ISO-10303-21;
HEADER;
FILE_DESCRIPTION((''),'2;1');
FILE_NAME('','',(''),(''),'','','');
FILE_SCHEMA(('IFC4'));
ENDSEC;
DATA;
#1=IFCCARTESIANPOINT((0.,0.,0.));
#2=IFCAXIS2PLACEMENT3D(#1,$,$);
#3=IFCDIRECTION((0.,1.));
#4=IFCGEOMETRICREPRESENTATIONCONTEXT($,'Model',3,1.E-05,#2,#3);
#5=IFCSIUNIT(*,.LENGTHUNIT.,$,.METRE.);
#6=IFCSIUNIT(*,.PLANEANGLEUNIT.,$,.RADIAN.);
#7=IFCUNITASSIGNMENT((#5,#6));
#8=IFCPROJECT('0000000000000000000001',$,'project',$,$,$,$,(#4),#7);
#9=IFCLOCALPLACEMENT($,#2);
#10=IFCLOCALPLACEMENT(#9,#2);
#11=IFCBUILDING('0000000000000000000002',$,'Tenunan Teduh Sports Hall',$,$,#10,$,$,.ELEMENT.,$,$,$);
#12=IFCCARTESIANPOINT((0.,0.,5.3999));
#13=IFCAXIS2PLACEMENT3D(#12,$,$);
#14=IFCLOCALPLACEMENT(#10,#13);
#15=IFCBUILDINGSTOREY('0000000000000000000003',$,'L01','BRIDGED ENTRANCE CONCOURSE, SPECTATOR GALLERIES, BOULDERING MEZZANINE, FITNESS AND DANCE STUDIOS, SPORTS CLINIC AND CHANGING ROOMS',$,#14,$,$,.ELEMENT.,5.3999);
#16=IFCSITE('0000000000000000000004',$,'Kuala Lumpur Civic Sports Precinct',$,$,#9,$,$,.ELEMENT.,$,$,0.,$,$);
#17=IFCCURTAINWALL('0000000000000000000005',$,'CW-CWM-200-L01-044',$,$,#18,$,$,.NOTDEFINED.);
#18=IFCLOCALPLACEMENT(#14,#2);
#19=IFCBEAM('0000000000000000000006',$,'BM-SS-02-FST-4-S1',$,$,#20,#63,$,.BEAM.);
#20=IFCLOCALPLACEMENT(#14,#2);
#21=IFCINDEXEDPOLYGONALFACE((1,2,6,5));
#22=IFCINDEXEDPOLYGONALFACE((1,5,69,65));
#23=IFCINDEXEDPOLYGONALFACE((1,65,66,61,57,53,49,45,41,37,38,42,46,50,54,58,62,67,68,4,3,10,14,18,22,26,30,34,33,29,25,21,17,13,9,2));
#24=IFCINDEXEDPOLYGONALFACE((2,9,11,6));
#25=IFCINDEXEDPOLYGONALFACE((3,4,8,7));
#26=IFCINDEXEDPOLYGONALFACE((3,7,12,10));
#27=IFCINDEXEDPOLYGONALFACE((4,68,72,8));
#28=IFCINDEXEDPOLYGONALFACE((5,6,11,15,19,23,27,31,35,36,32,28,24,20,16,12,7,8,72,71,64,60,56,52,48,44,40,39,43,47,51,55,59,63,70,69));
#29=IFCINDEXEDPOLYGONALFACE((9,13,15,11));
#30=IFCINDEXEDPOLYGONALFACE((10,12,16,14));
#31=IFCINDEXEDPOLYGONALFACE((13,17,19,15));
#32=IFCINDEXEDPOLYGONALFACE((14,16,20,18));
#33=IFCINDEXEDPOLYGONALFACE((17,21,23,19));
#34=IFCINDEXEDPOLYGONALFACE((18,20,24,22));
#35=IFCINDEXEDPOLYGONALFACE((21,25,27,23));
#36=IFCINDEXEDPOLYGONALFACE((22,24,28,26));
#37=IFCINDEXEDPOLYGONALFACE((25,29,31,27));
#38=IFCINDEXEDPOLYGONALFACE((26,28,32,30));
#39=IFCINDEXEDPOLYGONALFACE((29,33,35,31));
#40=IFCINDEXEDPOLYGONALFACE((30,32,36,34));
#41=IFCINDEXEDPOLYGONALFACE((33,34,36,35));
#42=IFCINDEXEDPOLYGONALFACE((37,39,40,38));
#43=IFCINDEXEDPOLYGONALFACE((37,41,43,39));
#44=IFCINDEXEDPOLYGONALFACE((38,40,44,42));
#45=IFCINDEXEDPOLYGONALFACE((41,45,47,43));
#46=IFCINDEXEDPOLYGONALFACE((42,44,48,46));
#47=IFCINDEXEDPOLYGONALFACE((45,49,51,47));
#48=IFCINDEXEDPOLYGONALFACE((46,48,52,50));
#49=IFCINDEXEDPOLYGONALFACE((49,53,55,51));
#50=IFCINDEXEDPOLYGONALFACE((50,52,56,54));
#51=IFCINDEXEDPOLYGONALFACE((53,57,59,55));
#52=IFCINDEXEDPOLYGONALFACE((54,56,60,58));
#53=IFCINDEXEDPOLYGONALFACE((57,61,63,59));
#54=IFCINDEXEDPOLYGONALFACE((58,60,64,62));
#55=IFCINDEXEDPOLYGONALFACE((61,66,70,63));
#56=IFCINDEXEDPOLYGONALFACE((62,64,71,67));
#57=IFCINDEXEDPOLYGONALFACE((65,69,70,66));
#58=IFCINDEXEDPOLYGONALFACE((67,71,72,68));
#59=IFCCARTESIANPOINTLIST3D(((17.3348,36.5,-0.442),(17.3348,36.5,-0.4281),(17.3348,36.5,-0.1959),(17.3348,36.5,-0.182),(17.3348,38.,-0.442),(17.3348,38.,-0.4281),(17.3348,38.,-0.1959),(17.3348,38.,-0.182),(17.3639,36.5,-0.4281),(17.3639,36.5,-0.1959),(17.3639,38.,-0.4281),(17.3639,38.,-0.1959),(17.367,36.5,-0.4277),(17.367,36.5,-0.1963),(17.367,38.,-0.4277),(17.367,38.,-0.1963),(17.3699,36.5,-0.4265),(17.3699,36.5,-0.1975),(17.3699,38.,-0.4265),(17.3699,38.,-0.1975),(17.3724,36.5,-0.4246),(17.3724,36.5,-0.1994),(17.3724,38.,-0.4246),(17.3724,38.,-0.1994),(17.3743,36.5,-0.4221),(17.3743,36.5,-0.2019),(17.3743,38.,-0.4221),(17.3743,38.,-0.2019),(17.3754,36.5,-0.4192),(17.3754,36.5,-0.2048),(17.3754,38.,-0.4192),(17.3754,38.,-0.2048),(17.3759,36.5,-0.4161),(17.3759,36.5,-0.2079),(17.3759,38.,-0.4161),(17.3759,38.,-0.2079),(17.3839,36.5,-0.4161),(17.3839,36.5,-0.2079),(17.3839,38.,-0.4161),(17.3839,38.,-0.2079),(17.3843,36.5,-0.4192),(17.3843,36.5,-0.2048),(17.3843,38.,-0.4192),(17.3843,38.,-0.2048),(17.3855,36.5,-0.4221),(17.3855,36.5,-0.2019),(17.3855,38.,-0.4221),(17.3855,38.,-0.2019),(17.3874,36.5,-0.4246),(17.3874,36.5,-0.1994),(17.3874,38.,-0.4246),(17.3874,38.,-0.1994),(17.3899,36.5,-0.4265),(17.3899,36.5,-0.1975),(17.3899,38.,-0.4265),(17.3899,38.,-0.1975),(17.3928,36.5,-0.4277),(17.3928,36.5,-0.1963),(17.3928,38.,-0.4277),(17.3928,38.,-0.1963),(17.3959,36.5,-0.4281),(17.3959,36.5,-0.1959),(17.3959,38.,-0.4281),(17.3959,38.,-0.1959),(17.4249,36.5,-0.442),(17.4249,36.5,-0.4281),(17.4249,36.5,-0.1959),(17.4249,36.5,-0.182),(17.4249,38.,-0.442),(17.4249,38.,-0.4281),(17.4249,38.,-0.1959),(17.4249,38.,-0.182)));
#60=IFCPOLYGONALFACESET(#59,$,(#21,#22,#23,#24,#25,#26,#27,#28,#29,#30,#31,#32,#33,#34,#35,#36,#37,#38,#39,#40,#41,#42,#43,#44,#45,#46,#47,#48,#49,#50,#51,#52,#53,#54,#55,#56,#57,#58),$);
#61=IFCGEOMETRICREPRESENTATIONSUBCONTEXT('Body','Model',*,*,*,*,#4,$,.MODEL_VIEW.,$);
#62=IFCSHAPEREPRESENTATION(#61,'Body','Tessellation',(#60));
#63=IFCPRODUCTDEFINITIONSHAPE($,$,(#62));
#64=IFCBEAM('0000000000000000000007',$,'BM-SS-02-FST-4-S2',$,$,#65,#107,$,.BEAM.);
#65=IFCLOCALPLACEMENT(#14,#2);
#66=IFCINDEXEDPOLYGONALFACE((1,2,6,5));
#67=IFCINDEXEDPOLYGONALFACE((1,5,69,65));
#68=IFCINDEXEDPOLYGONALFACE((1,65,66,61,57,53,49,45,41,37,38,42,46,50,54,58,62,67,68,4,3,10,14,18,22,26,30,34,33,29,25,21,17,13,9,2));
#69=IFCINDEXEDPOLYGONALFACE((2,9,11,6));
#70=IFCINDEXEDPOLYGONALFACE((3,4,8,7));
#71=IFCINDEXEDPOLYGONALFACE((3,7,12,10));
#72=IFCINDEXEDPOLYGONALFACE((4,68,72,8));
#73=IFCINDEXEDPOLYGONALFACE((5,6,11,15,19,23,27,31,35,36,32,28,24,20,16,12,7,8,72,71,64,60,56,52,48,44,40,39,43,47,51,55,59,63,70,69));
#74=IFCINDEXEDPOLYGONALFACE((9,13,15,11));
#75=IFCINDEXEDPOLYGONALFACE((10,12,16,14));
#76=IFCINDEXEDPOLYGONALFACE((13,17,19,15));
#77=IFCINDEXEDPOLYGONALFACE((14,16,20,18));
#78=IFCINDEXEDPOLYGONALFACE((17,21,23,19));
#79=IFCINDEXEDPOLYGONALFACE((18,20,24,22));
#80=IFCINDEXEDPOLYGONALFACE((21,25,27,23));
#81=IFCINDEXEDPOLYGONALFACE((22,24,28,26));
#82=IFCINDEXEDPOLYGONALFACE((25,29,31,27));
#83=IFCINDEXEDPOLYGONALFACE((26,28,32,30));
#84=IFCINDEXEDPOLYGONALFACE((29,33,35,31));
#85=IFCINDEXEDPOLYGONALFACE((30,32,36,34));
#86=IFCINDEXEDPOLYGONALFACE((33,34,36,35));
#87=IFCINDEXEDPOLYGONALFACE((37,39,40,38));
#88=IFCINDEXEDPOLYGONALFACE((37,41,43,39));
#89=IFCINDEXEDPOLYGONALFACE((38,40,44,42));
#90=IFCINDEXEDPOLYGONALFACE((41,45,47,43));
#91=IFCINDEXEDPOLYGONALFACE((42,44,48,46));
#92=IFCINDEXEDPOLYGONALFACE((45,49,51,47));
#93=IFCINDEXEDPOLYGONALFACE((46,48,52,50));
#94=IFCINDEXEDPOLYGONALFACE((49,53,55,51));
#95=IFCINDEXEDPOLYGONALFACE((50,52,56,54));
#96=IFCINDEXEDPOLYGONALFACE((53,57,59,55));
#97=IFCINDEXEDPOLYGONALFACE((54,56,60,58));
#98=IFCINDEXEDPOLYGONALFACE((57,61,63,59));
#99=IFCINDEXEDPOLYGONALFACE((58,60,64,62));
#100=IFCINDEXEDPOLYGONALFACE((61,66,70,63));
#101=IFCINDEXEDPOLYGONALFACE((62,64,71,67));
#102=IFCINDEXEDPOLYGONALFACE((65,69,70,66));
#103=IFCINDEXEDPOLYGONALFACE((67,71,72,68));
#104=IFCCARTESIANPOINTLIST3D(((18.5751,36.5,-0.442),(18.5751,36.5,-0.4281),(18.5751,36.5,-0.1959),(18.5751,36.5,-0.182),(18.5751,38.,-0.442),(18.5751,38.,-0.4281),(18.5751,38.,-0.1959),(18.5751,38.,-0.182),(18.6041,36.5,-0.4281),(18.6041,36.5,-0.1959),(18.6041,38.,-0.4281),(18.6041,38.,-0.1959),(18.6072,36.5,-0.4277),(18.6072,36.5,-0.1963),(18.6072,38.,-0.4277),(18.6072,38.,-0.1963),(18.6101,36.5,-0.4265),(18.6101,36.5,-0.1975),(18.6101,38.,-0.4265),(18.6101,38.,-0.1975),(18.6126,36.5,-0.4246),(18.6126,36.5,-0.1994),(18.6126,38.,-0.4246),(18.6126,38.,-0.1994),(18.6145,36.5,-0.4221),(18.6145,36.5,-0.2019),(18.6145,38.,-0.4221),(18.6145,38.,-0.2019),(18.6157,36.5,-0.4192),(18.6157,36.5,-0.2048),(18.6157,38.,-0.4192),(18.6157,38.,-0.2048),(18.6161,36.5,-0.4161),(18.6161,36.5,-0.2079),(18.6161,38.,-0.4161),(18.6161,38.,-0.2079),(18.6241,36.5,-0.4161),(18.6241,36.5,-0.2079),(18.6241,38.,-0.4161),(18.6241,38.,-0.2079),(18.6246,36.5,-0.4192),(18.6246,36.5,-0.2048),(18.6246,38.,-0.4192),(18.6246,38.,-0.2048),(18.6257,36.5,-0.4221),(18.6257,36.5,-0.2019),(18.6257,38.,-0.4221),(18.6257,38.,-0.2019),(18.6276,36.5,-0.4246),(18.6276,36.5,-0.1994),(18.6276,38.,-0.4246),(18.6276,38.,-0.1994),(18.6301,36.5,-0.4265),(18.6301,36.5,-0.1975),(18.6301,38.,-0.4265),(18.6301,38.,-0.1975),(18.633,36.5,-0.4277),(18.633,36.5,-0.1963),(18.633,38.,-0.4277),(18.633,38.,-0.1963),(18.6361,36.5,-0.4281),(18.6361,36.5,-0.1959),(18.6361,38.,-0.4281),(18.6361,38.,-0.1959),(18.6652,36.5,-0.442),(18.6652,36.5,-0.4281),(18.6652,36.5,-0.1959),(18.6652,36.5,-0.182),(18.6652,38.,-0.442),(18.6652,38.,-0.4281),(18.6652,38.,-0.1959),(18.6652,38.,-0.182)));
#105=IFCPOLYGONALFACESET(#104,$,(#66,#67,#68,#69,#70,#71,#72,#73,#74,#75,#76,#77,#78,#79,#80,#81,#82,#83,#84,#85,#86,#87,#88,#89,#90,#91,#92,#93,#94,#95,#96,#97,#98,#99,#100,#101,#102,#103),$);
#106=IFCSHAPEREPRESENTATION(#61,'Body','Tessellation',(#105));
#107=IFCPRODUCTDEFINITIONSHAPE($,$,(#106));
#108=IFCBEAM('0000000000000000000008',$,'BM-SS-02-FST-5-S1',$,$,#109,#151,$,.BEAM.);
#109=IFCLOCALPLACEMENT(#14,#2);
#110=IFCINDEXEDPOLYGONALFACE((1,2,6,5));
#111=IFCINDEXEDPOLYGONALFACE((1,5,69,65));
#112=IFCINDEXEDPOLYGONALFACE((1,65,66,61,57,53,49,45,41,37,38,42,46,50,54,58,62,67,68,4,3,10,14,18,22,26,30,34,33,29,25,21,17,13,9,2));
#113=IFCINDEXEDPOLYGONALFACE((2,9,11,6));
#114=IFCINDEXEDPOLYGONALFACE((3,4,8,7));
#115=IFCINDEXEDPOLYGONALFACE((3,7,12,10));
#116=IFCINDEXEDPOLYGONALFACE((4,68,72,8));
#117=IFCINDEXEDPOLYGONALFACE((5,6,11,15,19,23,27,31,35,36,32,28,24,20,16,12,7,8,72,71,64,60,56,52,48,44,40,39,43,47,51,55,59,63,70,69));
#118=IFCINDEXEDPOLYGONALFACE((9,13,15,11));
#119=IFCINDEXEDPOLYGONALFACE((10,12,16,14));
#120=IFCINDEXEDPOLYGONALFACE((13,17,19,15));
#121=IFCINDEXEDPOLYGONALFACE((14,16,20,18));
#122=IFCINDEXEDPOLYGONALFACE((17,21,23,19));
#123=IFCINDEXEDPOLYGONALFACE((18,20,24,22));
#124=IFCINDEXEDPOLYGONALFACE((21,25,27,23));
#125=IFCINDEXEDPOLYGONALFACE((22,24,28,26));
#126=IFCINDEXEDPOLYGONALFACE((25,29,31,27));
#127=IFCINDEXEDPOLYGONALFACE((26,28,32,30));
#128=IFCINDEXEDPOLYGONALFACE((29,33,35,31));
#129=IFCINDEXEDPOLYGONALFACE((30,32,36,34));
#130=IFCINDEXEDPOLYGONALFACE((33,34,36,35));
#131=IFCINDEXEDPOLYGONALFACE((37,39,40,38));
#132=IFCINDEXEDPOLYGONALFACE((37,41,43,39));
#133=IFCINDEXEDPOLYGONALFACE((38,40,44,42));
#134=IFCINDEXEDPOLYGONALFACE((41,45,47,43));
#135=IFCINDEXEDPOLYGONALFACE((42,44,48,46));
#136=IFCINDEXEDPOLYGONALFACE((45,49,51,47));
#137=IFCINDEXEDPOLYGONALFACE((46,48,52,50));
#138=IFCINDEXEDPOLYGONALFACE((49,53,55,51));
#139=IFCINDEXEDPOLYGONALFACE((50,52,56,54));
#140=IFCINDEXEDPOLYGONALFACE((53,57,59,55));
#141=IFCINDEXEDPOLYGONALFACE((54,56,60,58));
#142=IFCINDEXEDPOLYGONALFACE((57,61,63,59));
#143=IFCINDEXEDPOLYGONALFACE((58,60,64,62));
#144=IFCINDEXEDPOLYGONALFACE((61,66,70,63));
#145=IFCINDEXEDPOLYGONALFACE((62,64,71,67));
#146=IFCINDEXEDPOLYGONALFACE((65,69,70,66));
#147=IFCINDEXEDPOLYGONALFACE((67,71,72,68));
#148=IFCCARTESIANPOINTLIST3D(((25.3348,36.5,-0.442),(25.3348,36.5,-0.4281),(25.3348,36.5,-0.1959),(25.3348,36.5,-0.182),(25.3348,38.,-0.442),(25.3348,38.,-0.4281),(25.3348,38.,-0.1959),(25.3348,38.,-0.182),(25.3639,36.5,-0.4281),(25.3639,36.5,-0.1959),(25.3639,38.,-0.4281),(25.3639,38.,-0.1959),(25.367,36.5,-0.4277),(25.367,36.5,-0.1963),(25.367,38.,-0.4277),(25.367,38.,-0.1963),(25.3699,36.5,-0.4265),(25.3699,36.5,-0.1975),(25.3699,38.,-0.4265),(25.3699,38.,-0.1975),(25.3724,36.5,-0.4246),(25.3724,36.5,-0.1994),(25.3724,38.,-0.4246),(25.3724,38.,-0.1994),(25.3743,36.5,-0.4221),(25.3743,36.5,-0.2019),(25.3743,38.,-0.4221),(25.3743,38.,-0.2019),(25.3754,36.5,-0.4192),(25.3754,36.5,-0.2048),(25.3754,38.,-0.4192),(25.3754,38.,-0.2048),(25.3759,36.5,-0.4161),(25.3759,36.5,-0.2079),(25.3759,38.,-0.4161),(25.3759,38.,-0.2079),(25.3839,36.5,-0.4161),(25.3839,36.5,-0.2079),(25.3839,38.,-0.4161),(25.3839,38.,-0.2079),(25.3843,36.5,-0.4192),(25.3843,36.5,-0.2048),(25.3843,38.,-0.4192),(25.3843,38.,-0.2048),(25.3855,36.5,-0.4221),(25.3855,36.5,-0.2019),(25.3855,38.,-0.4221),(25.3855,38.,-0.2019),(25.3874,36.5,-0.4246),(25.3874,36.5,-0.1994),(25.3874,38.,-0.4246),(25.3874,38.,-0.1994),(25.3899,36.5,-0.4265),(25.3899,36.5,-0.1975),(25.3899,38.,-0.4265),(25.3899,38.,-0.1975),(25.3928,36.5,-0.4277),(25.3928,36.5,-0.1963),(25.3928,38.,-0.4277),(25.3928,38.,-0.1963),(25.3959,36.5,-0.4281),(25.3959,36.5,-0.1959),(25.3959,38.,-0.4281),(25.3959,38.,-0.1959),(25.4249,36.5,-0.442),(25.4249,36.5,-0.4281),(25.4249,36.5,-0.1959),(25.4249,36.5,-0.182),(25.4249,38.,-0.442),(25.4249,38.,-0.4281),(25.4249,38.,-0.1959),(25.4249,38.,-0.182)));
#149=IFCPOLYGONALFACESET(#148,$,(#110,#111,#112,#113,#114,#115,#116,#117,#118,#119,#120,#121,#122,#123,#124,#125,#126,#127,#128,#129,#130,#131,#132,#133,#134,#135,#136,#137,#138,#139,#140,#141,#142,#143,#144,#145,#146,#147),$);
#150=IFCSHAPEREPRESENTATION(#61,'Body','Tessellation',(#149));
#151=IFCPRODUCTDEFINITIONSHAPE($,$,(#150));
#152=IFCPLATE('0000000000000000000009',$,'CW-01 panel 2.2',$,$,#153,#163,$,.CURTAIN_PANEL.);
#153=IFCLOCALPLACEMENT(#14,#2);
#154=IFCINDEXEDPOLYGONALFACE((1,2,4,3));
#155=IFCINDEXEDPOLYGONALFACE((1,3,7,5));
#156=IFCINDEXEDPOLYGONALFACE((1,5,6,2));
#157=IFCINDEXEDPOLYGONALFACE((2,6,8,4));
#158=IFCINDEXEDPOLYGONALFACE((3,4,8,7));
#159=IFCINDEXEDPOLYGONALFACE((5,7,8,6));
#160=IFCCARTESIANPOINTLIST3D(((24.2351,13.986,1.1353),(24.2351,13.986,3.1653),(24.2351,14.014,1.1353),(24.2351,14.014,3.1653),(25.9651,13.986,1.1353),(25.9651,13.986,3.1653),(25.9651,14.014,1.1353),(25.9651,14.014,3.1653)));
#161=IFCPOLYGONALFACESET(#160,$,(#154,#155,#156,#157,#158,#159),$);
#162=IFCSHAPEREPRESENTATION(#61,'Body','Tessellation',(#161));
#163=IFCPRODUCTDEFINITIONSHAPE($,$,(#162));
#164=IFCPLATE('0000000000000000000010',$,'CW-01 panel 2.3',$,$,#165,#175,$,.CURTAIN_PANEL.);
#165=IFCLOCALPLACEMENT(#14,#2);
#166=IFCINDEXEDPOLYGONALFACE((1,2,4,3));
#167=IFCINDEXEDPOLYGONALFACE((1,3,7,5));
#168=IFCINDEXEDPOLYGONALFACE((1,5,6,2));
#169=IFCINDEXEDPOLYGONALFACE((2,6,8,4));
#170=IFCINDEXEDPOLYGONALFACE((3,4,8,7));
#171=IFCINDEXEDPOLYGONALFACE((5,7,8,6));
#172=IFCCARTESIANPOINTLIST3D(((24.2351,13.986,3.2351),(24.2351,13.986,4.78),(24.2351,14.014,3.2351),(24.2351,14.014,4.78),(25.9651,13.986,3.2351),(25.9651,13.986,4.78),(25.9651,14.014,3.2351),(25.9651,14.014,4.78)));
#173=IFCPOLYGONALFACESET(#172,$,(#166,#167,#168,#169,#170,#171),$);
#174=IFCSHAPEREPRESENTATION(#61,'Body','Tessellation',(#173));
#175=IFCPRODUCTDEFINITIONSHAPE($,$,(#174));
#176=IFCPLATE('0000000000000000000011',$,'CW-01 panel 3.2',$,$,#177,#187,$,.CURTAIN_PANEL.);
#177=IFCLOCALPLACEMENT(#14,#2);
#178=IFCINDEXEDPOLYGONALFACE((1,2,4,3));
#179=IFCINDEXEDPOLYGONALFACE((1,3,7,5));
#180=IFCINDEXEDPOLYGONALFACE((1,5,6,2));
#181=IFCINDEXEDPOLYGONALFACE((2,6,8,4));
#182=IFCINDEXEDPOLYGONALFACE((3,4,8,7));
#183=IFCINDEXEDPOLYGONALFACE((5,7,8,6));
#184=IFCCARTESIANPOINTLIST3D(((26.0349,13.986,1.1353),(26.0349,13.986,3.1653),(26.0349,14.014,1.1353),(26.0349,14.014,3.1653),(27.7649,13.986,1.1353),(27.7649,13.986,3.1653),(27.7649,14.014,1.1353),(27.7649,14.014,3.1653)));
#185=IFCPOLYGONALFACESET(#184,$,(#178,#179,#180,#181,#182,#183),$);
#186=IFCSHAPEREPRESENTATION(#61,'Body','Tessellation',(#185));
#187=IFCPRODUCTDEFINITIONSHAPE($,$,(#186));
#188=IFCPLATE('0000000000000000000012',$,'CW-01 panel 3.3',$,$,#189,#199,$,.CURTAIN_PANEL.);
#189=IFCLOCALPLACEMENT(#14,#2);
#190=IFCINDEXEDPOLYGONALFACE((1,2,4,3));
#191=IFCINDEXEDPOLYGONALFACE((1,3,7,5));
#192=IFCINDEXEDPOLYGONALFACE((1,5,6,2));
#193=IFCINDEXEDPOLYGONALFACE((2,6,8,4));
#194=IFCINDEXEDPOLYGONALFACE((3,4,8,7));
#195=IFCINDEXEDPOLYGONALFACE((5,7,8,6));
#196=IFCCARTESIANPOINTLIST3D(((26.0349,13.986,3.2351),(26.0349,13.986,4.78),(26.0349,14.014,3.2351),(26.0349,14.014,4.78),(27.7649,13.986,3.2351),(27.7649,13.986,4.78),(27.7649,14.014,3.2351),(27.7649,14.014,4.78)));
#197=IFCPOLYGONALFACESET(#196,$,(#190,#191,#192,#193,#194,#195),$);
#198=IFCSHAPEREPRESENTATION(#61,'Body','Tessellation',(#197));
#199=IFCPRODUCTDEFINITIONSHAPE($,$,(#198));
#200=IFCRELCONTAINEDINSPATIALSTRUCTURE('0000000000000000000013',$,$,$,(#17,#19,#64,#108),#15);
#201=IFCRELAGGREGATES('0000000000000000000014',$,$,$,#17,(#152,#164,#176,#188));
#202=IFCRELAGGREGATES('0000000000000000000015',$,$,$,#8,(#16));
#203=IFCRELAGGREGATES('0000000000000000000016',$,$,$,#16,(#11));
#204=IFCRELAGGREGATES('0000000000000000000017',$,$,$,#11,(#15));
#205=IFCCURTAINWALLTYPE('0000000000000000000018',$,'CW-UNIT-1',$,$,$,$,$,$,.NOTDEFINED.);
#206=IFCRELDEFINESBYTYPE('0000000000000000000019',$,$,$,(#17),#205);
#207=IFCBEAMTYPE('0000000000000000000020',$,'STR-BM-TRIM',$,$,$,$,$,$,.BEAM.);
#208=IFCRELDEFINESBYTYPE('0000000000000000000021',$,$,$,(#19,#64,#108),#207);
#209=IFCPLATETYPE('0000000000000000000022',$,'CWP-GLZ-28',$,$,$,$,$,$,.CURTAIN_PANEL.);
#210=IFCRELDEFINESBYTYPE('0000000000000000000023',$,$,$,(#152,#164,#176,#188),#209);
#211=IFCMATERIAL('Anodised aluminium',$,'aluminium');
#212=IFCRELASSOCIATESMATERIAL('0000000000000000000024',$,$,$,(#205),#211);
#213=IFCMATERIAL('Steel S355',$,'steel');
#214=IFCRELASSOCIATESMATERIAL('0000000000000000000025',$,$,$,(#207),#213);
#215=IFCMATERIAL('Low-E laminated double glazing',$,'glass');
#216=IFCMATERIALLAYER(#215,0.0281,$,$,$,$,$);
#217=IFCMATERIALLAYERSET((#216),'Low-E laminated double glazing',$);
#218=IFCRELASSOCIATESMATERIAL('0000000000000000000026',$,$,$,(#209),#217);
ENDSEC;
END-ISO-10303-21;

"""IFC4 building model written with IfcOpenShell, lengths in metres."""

from ifc_helpers import new_model, si_unit, direction, frame, origin, origin_2d, place, context, subcontext, project, spatial, rectangle, i_section, extrude, material, layer, layer_set, material_profile, profile_set, type_object, element, aggregate, save


model = new_model("IFC4")

# Units and contexts
model_context = context("Model", 3, precision=1e-05, world=origin(), true_north=direction((0.0, 1.0)))
body_context = subcontext(model_context, "Body", "Model", "MODEL_VIEW")
ifc_project = project(units=[si_unit("LENGTHUNIT", "METRE"), si_unit("PLANEANGLEUNIT", "RADIAN")], contexts=[model_context])

# Site, building, storey
site_placement = place(None, origin())
site = spatial("IfcSite", under=ifc_project, at=site_placement, Name="Kuala Lumpur Civic Sports Precinct", CompositionType="ELEMENT", RefElevation=0.0)
building_placement = place(site_placement, origin())
building = spatial("IfcBuilding", under=site, at=building_placement, Name="Tenunan Teduh Sports Hall", CompositionType="ELEMENT")
storey_placement = place(building_placement, frame((0.0, 0.0, 5.3999)))
storey = spatial("IfcBuildingStorey", under=building, at=storey_placement, Name="L01", Description="BRIDGED ENTRANCE CONCOURSE, SPECTATOR GALLERIES, BOULDERING MEZZANINE, FITNESS AND DANCE STUDIOS, SPORTS CLINIC AND CHANGING ROOMS", CompositionType="ELEMENT", Elevation=5.3999)

# Curtain wall
ifc_material_1 = material(Name="Anodised aluminium", Category="aluminium")
curtain_wall_type = type_object("IfcCurtainWallType", Name="CW-UNIT-1", PredefinedType="NOTDEFINED", material=ifc_material_1)
curtain_wall_placement = place(storey_placement, origin())
curtain_wall = element("IfcCurtainWall", 1, at=curtain_wall_placement, inside=storey, type_object=curtain_wall_type, Name="CW-CWM-200-L01-044", PredefinedType="NOTDEFINED")

# Beams
ifc_material_2 = material(Name="Steel S355", Category="steel")
ifc_material_profile_1 = material_profile(ifc_material_2, i_section(OverallWidth=0.0901, OverallDepth=0.26, WebThickness=0.0081, FlangeThickness=0.0139, FilletRadius=0.012, at=origin_2d()), Name="PFC 260x90")
ifc_profile_set_1 = profile_set([ifc_material_profile_1], Name="Steel S355")
beam_type_1 = type_object("IfcBeamType", Name="STR-BM-TRIM", PredefinedType="BEAM", material=ifc_profile_set_1)
for number, where, z_axis, x_axis, name in (
    (2, (17.3799, 36.5, -0.312), (0.0, 1.0, 0.0), (-1.0, 0.0, 0.0), "BM-SS-02-FST-4-S1"),
    (3, (18.6201, 36.5, -0.312), (0.0, 1.0, 0.0), (-1.0, 0.0, 0.0), "BM-SS-02-FST-4-S2"),
    (4, (25.3799, 36.5, -0.312), (0.0, 1.0, 0.0), (-1.0, 0.0, 0.0), "BM-SS-02-FST-5-S1"),
):
    element("IfcBeam", number, at=place(storey_placement, frame(where, z_axis=z_axis, x_axis=x_axis)), inside=storey, type_object=beam_type_1, Name=name, PredefinedType="BEAM", context=body_context, shape_type="SweptSolid", body=[
        extrude(i_section(OverallWidth=0.0901, OverallDepth=0.26, WebThickness=0.0081, FlangeThickness=0.0139, FilletRadius=0.012, at=origin_2d()), origin(), (0.0, 0.0, 1.0), 1.5),
    ])

# Plates
ifc_material_3 = material(Name="Low-E laminated double glazing", Category="glass")
ifc_layer_1 = layer(ifc_material_3, 0.0281)
ifc_layer_set_1 = layer_set([ifc_layer_1], Name="Low-E laminated double glazing")
plate_type_1 = type_object("IfcPlateType", Name="CWP-GLZ-28", PredefinedType="CURTAIN_PANEL", material=ifc_layer_set_1)
plate_1_placement = place(storey_placement, frame((25.1001, 14.0, 1.1353), z_axis=(0.0, 0.0, 1.0), x_axis=(1.0, 0.0, 0.0)))
plate_1 = element("IfcPlate", 5, at=plate_1_placement, type_object=plate_type_1, Name="CW-01 panel 2.2", PredefinedType="CURTAIN_PANEL", context=body_context, shape_type="SweptSolid", body=[
    extrude(rectangle(XDim=1.73, YDim=0.0281, at=origin_2d()), origin(), (0.0, 0.0, 1.0), 2.03),
])
plate_2_placement = place(storey_placement, frame((25.1001, 14.0, 3.2351), z_axis=(0.0, 0.0, 1.0), x_axis=(1.0, 0.0, 0.0)))
plate_2 = element("IfcPlate", 6, at=plate_2_placement, type_object=plate_type_1, Name="CW-01 panel 2.3", PredefinedType="CURTAIN_PANEL", context=body_context, shape_type="SweptSolid", body=[
    extrude(rectangle(XDim=1.73, YDim=0.0281, at=origin_2d()), origin(), (0.0, 0.0, 1.0), 1.5449),
])
plate_3_placement = place(storey_placement, frame((26.8999, 14.0, 1.1353), z_axis=(0.0, 0.0, 1.0), x_axis=(1.0, 0.0, 0.0)))
plate_3 = element("IfcPlate", 7, at=plate_3_placement, type_object=plate_type_1, Name="CW-01 panel 3.2", PredefinedType="CURTAIN_PANEL", context=body_context, shape_type="SweptSolid", body=[
    extrude(rectangle(XDim=1.73, YDim=0.0281, at=origin_2d()), origin(), (0.0, 0.0, 1.0), 2.03),
])
plate_4_placement = place(storey_placement, frame((26.8999, 14.0, 3.2351), z_axis=(0.0, 0.0, 1.0), x_axis=(1.0, 0.0, 0.0)))
plate_4 = element("IfcPlate", 8, at=plate_4_placement, type_object=plate_type_1, Name="CW-01 panel 3.3", PredefinedType="CURTAIN_PANEL", context=body_context, shape_type="SweptSolid", body=[
    extrude(rectangle(XDim=1.73, YDim=0.0281, at=origin_2d()), origin(), (0.0, 0.0, 1.0), 1.5449),
])
aggregate(curtain_wall, [plate_1, plate_2, plate_3, plate_4])

save(model, "model.ifc")
